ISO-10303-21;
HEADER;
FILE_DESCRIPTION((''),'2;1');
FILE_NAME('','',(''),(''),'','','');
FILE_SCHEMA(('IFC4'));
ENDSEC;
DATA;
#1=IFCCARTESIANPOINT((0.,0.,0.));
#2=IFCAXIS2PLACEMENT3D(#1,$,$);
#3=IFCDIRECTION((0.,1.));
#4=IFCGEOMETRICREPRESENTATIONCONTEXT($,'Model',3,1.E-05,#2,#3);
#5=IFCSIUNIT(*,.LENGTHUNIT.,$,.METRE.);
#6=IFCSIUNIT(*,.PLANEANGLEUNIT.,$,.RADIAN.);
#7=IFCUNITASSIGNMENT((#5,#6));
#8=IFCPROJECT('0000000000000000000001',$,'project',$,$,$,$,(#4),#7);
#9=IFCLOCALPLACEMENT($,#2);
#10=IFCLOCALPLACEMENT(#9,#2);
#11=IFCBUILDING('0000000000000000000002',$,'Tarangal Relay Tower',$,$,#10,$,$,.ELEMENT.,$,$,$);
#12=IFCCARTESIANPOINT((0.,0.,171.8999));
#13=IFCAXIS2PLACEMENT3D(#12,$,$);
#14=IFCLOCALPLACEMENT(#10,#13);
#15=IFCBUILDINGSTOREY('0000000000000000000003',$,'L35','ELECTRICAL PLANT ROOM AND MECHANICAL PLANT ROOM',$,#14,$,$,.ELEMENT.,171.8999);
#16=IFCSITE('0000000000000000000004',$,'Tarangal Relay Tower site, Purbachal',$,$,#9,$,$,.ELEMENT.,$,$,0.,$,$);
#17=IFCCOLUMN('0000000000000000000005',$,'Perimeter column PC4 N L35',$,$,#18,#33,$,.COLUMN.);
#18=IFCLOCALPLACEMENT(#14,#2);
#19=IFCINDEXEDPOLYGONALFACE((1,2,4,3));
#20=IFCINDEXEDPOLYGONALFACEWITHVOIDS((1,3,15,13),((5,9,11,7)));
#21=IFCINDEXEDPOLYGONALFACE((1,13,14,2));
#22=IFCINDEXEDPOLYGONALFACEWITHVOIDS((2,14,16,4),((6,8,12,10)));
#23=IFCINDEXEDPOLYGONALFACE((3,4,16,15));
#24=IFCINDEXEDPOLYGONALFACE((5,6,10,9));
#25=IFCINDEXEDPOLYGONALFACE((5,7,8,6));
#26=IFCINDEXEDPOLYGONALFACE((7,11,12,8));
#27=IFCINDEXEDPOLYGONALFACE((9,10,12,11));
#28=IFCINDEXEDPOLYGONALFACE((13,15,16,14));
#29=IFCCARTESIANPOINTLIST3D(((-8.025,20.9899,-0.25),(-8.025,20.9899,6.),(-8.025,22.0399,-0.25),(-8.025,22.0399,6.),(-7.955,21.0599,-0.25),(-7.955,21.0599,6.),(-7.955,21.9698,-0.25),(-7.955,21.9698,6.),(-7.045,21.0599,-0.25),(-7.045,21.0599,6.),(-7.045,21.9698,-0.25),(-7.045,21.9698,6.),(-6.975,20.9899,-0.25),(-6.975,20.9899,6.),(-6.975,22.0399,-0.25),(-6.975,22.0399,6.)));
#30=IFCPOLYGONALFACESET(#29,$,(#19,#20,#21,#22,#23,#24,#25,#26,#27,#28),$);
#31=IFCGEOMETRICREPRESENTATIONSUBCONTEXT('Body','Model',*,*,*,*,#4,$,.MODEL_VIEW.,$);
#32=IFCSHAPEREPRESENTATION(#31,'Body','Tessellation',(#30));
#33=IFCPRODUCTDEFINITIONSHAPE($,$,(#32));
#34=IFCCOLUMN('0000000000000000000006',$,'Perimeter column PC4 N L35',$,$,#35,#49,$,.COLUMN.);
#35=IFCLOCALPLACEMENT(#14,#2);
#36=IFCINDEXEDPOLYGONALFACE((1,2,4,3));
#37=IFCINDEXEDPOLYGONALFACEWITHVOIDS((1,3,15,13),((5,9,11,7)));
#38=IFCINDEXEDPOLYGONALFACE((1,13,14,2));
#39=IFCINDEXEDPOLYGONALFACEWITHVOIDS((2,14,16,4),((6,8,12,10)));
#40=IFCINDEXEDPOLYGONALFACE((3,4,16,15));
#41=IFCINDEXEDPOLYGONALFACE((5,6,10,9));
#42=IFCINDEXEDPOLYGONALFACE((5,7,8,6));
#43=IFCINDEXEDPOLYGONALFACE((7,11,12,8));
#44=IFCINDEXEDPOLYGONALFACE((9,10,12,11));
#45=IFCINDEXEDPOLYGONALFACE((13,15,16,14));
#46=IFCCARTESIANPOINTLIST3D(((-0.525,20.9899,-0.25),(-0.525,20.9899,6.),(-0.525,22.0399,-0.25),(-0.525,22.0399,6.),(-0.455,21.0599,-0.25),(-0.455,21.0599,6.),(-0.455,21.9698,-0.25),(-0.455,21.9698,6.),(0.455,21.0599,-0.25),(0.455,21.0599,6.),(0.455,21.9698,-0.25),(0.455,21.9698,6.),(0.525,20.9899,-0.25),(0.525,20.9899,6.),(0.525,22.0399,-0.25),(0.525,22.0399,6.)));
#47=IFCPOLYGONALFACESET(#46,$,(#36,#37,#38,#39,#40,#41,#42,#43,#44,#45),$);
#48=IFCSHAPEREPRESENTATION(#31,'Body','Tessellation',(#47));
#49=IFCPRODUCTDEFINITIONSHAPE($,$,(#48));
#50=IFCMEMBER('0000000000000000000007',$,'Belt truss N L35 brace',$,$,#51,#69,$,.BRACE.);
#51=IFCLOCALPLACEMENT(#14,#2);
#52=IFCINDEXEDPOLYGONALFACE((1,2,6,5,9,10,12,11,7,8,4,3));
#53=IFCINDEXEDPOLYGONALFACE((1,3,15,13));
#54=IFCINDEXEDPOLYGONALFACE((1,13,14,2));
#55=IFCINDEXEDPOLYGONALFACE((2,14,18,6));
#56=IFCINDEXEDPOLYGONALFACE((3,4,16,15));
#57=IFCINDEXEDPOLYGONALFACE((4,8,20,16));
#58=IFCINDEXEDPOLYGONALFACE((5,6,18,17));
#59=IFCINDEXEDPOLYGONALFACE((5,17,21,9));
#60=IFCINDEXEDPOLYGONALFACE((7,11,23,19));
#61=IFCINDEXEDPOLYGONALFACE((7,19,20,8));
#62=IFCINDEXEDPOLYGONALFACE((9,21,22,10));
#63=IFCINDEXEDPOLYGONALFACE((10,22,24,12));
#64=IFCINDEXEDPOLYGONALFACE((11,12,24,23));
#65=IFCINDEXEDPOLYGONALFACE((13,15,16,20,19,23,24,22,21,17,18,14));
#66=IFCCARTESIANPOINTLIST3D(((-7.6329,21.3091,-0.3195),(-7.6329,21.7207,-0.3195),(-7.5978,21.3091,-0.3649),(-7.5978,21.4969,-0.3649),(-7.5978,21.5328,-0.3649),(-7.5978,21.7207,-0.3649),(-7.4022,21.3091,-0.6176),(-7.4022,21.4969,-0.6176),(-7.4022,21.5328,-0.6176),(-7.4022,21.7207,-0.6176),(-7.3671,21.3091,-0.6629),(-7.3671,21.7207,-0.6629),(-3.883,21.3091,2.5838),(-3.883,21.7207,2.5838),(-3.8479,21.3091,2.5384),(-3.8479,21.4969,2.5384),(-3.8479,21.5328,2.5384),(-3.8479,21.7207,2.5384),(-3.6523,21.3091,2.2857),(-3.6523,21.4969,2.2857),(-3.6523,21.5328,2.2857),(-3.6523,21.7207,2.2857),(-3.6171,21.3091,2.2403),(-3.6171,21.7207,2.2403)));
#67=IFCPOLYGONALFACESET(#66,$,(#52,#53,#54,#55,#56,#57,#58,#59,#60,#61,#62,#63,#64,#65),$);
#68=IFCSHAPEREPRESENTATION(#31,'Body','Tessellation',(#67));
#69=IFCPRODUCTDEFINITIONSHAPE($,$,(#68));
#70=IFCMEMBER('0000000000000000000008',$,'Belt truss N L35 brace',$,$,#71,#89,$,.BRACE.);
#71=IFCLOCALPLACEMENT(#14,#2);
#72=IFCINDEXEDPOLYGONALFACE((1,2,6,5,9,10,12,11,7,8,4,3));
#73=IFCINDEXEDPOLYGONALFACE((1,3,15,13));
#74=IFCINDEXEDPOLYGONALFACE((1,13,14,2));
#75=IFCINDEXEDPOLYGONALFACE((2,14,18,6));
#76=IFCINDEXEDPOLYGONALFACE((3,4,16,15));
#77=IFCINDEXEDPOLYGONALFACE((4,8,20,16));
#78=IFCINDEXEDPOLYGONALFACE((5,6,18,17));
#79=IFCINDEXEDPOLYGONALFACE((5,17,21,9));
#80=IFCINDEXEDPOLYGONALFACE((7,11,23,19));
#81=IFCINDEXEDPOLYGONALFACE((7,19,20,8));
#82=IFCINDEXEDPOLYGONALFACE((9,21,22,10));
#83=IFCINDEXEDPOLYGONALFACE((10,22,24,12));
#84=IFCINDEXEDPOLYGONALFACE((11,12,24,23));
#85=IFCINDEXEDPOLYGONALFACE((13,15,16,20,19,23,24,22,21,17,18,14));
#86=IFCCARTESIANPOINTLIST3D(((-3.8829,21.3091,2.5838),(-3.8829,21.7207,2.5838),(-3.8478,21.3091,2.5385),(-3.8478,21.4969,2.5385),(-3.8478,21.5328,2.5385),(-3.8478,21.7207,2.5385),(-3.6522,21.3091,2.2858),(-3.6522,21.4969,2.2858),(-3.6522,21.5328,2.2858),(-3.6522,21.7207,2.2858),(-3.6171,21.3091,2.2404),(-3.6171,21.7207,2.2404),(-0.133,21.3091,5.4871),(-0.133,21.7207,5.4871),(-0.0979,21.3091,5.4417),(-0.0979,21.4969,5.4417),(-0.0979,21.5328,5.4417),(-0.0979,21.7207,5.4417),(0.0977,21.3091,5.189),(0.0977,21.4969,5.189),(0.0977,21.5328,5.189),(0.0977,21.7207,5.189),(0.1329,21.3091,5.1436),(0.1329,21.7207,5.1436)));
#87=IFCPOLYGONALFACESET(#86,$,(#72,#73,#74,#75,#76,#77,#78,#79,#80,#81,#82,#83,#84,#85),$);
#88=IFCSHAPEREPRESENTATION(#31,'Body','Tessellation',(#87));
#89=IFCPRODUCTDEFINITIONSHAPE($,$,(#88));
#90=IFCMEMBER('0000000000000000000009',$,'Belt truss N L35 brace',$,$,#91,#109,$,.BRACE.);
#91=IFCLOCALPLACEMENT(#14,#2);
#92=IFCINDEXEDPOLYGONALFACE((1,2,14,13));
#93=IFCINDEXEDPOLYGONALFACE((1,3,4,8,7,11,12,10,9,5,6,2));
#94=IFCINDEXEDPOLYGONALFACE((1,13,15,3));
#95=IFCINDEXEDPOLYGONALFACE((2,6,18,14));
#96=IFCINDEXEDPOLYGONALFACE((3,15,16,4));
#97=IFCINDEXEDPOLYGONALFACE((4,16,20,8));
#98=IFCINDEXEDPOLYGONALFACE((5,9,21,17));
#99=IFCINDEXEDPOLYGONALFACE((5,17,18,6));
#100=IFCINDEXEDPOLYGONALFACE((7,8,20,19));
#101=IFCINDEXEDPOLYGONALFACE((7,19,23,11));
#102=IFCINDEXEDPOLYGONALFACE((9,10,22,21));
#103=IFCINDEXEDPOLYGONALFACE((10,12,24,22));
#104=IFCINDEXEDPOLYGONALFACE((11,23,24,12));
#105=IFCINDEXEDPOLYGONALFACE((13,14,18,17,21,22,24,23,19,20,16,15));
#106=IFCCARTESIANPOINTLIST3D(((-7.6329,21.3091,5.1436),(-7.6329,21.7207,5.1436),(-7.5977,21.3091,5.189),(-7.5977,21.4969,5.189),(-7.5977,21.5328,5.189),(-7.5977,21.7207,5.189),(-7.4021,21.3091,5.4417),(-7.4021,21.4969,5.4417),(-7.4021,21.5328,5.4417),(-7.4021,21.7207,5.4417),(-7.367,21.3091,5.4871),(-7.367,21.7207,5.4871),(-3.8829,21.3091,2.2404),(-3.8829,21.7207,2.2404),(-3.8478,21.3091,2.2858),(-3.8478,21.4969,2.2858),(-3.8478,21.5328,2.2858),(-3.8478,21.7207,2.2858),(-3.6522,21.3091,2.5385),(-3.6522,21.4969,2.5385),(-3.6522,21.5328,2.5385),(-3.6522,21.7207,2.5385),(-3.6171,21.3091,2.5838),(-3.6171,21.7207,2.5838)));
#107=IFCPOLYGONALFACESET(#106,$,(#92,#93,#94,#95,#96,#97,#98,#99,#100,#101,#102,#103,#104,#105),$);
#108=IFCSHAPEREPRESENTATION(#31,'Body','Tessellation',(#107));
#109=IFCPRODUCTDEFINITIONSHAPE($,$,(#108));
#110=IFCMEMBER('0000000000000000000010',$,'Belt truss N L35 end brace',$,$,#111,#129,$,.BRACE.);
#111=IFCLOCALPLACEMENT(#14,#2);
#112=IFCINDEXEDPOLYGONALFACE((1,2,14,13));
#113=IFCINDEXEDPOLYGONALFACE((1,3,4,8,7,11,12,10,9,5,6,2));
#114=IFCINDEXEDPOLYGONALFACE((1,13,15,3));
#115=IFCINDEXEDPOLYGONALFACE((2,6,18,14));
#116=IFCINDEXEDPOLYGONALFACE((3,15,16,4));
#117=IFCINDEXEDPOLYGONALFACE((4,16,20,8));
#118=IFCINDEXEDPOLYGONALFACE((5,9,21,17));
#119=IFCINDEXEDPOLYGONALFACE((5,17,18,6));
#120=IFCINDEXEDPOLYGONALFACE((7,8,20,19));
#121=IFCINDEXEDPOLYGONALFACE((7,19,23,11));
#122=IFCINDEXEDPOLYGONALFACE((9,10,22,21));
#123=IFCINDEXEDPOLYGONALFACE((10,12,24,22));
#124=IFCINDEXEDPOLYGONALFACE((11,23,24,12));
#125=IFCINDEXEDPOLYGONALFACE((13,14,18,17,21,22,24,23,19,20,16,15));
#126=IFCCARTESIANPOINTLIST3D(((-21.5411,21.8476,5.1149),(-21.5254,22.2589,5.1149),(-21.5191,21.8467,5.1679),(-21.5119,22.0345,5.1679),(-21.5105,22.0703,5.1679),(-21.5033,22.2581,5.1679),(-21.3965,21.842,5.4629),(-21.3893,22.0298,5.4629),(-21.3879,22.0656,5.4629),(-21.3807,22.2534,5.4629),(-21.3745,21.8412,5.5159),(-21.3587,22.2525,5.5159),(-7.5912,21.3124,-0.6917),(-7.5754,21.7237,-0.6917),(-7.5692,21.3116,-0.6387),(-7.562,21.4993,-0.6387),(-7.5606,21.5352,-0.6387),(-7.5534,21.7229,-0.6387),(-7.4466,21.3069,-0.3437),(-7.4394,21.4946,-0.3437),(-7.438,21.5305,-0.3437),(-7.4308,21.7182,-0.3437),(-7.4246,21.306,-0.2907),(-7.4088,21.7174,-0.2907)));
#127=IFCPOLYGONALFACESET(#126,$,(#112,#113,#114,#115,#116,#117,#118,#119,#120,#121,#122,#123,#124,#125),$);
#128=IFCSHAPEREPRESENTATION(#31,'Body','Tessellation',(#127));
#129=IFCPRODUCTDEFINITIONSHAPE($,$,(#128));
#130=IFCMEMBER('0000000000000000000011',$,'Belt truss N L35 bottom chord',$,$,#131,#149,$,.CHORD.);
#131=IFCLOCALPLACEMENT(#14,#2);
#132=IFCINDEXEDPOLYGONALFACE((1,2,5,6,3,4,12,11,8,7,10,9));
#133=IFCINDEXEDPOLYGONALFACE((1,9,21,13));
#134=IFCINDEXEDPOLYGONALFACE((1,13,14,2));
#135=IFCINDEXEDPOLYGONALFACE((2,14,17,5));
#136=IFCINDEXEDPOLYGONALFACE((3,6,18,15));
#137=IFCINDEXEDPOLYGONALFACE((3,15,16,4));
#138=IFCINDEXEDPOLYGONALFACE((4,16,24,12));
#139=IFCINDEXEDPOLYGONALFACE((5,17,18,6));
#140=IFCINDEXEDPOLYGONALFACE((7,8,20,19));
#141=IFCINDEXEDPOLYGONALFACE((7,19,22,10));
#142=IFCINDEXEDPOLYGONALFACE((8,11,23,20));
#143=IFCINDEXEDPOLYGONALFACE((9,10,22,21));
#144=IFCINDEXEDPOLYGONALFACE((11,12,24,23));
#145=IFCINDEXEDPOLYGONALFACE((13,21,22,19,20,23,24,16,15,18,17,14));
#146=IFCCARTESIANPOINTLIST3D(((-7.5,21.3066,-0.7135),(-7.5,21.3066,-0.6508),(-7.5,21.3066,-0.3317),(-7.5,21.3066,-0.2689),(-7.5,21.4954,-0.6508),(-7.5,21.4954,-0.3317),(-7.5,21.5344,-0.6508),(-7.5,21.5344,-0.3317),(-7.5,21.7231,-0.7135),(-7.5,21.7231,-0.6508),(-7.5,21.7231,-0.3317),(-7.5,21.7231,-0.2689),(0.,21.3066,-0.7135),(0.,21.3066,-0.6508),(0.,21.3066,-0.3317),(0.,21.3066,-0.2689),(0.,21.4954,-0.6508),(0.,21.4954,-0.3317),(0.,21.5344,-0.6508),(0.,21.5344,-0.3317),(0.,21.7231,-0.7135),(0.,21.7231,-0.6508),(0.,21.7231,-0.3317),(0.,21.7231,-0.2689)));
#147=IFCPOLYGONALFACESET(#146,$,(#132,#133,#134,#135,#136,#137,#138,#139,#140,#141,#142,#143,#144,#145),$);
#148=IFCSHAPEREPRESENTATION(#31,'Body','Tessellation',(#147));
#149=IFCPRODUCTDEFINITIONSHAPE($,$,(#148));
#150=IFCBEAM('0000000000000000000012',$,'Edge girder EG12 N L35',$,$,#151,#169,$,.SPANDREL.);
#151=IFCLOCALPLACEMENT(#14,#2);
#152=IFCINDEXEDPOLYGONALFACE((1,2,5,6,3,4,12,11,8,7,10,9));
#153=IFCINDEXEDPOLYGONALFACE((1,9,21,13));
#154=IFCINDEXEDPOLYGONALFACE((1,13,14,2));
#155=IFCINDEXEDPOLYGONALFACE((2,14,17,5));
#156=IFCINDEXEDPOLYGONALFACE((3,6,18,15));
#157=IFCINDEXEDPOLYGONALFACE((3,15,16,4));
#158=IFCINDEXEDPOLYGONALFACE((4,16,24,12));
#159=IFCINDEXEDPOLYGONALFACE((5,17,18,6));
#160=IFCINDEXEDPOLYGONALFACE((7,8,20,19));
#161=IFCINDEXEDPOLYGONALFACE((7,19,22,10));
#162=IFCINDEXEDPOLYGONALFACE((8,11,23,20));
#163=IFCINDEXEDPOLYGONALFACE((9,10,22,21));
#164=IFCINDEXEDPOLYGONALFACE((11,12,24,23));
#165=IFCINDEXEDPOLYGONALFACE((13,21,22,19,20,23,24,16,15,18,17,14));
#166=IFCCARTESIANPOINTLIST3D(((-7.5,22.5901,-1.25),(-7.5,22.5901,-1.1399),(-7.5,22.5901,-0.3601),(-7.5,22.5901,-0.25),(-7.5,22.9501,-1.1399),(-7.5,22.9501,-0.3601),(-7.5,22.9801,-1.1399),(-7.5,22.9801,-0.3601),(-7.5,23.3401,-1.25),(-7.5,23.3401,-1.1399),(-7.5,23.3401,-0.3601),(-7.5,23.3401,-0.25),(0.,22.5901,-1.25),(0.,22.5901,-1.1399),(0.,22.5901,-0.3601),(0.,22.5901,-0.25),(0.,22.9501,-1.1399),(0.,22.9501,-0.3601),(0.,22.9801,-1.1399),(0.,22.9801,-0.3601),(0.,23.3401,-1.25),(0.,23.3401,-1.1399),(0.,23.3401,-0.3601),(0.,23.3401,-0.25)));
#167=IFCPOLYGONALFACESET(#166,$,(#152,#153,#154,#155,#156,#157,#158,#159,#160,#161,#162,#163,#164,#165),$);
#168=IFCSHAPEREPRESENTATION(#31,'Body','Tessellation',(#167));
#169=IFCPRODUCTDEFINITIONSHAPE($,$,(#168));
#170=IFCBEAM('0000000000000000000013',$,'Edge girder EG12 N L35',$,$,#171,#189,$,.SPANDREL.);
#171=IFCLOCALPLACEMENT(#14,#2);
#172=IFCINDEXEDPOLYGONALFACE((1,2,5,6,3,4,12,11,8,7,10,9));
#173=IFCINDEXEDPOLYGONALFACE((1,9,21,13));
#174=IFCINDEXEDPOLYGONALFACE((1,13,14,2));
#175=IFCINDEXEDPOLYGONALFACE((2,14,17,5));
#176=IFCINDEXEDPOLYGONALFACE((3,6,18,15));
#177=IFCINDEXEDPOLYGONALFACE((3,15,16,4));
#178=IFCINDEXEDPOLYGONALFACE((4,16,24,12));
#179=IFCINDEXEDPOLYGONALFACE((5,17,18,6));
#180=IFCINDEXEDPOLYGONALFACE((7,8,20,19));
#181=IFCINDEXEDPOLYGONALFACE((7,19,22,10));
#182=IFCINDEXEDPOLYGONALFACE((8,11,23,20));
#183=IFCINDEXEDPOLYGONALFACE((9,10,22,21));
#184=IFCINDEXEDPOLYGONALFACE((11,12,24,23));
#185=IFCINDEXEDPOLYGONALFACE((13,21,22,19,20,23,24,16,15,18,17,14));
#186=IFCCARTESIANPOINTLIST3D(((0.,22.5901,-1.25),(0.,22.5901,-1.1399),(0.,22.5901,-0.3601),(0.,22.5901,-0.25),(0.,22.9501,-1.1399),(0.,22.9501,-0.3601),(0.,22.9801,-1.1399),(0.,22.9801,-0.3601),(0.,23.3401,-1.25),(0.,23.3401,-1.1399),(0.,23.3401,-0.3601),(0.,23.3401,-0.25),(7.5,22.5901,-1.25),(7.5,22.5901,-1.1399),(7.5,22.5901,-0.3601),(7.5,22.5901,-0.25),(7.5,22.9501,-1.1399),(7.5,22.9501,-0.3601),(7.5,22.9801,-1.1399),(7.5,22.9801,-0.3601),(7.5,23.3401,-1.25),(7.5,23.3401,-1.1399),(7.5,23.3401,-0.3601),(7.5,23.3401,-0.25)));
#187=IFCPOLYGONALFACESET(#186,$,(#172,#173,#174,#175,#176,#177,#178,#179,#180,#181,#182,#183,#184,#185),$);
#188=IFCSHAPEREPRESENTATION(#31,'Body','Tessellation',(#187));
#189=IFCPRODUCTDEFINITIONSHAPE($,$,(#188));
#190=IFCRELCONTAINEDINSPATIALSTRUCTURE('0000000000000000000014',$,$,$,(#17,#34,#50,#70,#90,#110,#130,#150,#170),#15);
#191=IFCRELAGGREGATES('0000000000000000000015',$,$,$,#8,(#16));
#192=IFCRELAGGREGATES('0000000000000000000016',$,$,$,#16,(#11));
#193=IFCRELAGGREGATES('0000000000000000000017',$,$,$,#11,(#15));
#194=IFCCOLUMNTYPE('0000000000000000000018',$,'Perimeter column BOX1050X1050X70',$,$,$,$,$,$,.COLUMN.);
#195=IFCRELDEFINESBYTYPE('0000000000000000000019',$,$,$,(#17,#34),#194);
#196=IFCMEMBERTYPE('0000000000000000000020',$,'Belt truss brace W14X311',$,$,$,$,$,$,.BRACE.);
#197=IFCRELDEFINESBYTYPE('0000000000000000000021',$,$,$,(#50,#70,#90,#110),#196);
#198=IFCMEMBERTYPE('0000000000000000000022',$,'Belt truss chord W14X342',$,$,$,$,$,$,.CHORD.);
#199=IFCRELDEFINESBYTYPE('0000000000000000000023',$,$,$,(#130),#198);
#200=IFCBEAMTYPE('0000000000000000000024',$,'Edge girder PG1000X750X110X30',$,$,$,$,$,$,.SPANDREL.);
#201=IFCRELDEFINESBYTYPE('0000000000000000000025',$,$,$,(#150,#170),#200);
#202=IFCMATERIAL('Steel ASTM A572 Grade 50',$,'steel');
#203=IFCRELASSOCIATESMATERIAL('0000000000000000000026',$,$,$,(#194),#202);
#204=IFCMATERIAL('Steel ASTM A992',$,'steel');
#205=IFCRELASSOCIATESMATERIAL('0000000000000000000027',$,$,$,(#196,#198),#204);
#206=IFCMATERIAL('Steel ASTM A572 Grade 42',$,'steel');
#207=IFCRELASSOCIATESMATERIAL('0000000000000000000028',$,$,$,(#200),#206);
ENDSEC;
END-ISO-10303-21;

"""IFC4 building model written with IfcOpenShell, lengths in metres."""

from ifc_helpers import new_model, si_unit, direction, frame, origin, origin_2d, place, context, subcontext, project, spatial, hollow_rectangle, i_section, extrude, material, material_profile, profile_set, type_object, element, save


model = new_model("IFC4")

# Units and contexts
model_context = context("Model", 3, precision=1e-05, world=origin(), true_north=direction((0.0, 1.0)))
body_context = subcontext(model_context, "Body", "Model", "MODEL_VIEW")
ifc_project = project(units=[si_unit("LENGTHUNIT", "METRE"), si_unit("PLANEANGLEUNIT", "RADIAN")], contexts=[model_context])

# Site, building, storey
site_placement = place(None, origin())
site = spatial("IfcSite", under=ifc_project, at=site_placement, Name="Tarangal Relay Tower site, Purbachal", CompositionType="ELEMENT", RefElevation=0.0)
building_placement = place(site_placement, origin())
building = spatial("IfcBuilding", under=site, at=building_placement, Name="Tarangal Relay Tower", CompositionType="ELEMENT")
storey_placement = place(building_placement, frame((0.0, 0.0, 171.8999)))
storey = spatial("IfcBuildingStorey", under=building, at=storey_placement, Name="L35", Description="ELECTRICAL PLANT ROOM AND MECHANICAL PLANT ROOM", CompositionType="ELEMENT", Elevation=171.8999)

# Columns
ifc_material_1 = material(Name="Steel ASTM A572 Grade 50", Category="steel")
ifc_material_profile_1 = material_profile(ifc_material_1, hollow_rectangle(XDim=1.05, YDim=1.05, WallThickness=0.0701, at=origin_2d()), Name="BOX1050X1050X70")
ifc_profile_set_1 = profile_set([ifc_material_profile_1], Name="Steel ASTM A572 Grade 50")
column_type = type_object("IfcColumnType", Name="Perimeter column BOX1050X1050X70", PredefinedType="COLUMN", material=ifc_profile_set_1)
for number, where, z_axis, x_axis, name in (
    (1, (-7.5, 21.5149, -0.25), (0.0, 0.0, 1.0), (1.0, 0.0, 0.0), "Perimeter column PC4 N L35"),
    (2, (0.0, 21.5149, -0.25), (0.0, 0.0, 1.0), (1.0, 0.0, 0.0), "Perimeter column PC4 N L35"),
):
    element("IfcColumn", number, at=place(storey_placement, frame(where, z_axis=z_axis, x_axis=x_axis)), inside=storey, type_object=column_type, Name=name, PredefinedType="COLUMN", context=body_context, shape_type="SweptSolid", body=[
        extrude(hollow_rectangle(XDim=1.05, YDim=1.05, WallThickness=0.0701, at=origin_2d()), origin(), (0.0, 0.0, 1.0), 6.25),
    ])

# Members
ifc_material_2 = material(Name="Steel ASTM A992", Category="steel")
ifc_material_profile_2 = material_profile(ifc_material_2, i_section(OverallWidth=0.4116, OverallDepth=0.4343, WebThickness=0.0359, FlangeThickness=0.0574, at=origin_2d()), Name="W14X311")
ifc_profile_set_2 = profile_set([ifc_material_profile_2], Name="Steel ASTM A992")
member_type_1 = type_object("IfcMemberType", Name="Belt truss brace W14X311", PredefinedType="BRACE", material=ifc_profile_set_2)
for number, where, z_axis, x_axis, name in (
    (3, (-7.5, 21.5149, -0.4912), (0.790714, 0.0, 0.612186), (0.0, 1.0, 0.0), "Belt truss N L35 brace"),
    (4, (-3.75, 21.5149, 2.4121), (0.790714, 0.0, 0.612186), (0.0, 1.0, 0.0), "Belt truss N L35 brace"),
    (5, (-3.75, 21.5149, 2.4121), (-0.790714, 0.0, 0.612186), (0.0, -1.0, 0.0), "Belt truss N L35 brace"),
):
    element("IfcMember", number, at=place(storey_placement, frame(where, z_axis=z_axis, x_axis=x_axis)), inside=storey, type_object=member_type_1, Name=name, PredefinedType="BRACE", context=body_context, shape_type="SweptSolid", body=[
        extrude(i_section(OverallWidth=0.4116, OverallDepth=0.4343, WebThickness=0.0359, FlangeThickness=0.0574, at=origin_2d()), origin(), (0.0, 0.0, 1.0), 4.7424),
    ])
member_1_placement = place(storey_placement, frame((-7.5, 21.5149, -0.4912), z_axis=(-0.922636, 0.035395, 0.384045), x_axis=(-0.038334, -0.999265, 0.0)))
element("IfcMember", 6, at=member_1_placement, inside=storey, type_object=member_type_1, Name="Belt truss N L35 end brace", PredefinedType="BRACE", context=body_context, shape_type="SweptSolid", body=[
    extrude(i_section(OverallWidth=0.4116, OverallDepth=0.4343, WebThickness=0.0359, FlangeThickness=0.0574, at=origin_2d()), origin(), (0.0, 0.0, 1.0), 15.1196),
])
ifc_material_profile_3 = material_profile(ifc_material_2, i_section(OverallWidth=0.4165, OverallDepth=0.4446, WebThickness=0.0391, FlangeThickness=0.0627, at=origin_2d()), Name="W14X342")
ifc_profile_set_3 = profile_set([ifc_material_profile_3], Name="Steel ASTM A992")
member_type_2 = type_object("IfcMemberType", Name="Belt truss chord W14X342", PredefinedType="CHORD", material=ifc_profile_set_3)
member_2_placement = place(storey_placement, frame((-7.5, 21.5149, -0.4912), z_axis=(1.0, 0.0, 0.0), x_axis=(0.0, 1.0, 0.0)))
element("IfcMember", 7, at=member_2_placement, inside=storey, type_object=member_type_2, Name="Belt truss N L35 bottom chord", PredefinedType="CHORD", context=body_context, shape_type="SweptSolid", body=[
    extrude(i_section(OverallWidth=0.4165, OverallDepth=0.4446, WebThickness=0.0391, FlangeThickness=0.0627, at=origin_2d()), origin(), (0.0, 0.0, 1.0), 7.5),
])

# Beams
ifc_material_3 = material(Name="Steel ASTM A572 Grade 42", Category="steel")
ifc_material_profile_4 = material_profile(ifc_material_3, i_section(OverallWidth=0.75, OverallDepth=1.0, WebThickness=0.03, FlangeThickness=0.1101, at=origin_2d()), Name="PG1000X750X110X30")
ifc_profile_set_4 = profile_set([ifc_material_profile_4], Name="Steel ASTM A572 Grade 42")
beam_type_1 = type_object("IfcBeamType", Name="Edge girder PG1000X750X110X30", PredefinedType="SPANDREL", material=ifc_profile_set_4)
for number, where, z_axis, x_axis, name in (
    (8, (-7.5, 22.9651, -0.75), (1.0, 0.0, 0.0), (0.0, 1.0, 0.0), "Edge girder EG12 N L35"),
    (9, (0.0, 22.9651, -0.75), (1.0, 0.0, 0.0), (0.0, 1.0, 0.0), "Edge girder EG12 N L35"),
):
    element("IfcBeam", number, at=place(storey_placement, frame(where, z_axis=z_axis, x_axis=x_axis)), inside=storey, type_object=beam_type_1, Name=name, PredefinedType="SPANDREL", context=body_context, shape_type="SweptSolid", body=[
        extrude(i_section(OverallWidth=0.75, OverallDepth=1.0, WebThickness=0.03, FlangeThickness=0.1101, at=origin_2d()), origin(), (0.0, 0.0, 1.0), 7.5),
    ])

save(model, "model.ifc")
